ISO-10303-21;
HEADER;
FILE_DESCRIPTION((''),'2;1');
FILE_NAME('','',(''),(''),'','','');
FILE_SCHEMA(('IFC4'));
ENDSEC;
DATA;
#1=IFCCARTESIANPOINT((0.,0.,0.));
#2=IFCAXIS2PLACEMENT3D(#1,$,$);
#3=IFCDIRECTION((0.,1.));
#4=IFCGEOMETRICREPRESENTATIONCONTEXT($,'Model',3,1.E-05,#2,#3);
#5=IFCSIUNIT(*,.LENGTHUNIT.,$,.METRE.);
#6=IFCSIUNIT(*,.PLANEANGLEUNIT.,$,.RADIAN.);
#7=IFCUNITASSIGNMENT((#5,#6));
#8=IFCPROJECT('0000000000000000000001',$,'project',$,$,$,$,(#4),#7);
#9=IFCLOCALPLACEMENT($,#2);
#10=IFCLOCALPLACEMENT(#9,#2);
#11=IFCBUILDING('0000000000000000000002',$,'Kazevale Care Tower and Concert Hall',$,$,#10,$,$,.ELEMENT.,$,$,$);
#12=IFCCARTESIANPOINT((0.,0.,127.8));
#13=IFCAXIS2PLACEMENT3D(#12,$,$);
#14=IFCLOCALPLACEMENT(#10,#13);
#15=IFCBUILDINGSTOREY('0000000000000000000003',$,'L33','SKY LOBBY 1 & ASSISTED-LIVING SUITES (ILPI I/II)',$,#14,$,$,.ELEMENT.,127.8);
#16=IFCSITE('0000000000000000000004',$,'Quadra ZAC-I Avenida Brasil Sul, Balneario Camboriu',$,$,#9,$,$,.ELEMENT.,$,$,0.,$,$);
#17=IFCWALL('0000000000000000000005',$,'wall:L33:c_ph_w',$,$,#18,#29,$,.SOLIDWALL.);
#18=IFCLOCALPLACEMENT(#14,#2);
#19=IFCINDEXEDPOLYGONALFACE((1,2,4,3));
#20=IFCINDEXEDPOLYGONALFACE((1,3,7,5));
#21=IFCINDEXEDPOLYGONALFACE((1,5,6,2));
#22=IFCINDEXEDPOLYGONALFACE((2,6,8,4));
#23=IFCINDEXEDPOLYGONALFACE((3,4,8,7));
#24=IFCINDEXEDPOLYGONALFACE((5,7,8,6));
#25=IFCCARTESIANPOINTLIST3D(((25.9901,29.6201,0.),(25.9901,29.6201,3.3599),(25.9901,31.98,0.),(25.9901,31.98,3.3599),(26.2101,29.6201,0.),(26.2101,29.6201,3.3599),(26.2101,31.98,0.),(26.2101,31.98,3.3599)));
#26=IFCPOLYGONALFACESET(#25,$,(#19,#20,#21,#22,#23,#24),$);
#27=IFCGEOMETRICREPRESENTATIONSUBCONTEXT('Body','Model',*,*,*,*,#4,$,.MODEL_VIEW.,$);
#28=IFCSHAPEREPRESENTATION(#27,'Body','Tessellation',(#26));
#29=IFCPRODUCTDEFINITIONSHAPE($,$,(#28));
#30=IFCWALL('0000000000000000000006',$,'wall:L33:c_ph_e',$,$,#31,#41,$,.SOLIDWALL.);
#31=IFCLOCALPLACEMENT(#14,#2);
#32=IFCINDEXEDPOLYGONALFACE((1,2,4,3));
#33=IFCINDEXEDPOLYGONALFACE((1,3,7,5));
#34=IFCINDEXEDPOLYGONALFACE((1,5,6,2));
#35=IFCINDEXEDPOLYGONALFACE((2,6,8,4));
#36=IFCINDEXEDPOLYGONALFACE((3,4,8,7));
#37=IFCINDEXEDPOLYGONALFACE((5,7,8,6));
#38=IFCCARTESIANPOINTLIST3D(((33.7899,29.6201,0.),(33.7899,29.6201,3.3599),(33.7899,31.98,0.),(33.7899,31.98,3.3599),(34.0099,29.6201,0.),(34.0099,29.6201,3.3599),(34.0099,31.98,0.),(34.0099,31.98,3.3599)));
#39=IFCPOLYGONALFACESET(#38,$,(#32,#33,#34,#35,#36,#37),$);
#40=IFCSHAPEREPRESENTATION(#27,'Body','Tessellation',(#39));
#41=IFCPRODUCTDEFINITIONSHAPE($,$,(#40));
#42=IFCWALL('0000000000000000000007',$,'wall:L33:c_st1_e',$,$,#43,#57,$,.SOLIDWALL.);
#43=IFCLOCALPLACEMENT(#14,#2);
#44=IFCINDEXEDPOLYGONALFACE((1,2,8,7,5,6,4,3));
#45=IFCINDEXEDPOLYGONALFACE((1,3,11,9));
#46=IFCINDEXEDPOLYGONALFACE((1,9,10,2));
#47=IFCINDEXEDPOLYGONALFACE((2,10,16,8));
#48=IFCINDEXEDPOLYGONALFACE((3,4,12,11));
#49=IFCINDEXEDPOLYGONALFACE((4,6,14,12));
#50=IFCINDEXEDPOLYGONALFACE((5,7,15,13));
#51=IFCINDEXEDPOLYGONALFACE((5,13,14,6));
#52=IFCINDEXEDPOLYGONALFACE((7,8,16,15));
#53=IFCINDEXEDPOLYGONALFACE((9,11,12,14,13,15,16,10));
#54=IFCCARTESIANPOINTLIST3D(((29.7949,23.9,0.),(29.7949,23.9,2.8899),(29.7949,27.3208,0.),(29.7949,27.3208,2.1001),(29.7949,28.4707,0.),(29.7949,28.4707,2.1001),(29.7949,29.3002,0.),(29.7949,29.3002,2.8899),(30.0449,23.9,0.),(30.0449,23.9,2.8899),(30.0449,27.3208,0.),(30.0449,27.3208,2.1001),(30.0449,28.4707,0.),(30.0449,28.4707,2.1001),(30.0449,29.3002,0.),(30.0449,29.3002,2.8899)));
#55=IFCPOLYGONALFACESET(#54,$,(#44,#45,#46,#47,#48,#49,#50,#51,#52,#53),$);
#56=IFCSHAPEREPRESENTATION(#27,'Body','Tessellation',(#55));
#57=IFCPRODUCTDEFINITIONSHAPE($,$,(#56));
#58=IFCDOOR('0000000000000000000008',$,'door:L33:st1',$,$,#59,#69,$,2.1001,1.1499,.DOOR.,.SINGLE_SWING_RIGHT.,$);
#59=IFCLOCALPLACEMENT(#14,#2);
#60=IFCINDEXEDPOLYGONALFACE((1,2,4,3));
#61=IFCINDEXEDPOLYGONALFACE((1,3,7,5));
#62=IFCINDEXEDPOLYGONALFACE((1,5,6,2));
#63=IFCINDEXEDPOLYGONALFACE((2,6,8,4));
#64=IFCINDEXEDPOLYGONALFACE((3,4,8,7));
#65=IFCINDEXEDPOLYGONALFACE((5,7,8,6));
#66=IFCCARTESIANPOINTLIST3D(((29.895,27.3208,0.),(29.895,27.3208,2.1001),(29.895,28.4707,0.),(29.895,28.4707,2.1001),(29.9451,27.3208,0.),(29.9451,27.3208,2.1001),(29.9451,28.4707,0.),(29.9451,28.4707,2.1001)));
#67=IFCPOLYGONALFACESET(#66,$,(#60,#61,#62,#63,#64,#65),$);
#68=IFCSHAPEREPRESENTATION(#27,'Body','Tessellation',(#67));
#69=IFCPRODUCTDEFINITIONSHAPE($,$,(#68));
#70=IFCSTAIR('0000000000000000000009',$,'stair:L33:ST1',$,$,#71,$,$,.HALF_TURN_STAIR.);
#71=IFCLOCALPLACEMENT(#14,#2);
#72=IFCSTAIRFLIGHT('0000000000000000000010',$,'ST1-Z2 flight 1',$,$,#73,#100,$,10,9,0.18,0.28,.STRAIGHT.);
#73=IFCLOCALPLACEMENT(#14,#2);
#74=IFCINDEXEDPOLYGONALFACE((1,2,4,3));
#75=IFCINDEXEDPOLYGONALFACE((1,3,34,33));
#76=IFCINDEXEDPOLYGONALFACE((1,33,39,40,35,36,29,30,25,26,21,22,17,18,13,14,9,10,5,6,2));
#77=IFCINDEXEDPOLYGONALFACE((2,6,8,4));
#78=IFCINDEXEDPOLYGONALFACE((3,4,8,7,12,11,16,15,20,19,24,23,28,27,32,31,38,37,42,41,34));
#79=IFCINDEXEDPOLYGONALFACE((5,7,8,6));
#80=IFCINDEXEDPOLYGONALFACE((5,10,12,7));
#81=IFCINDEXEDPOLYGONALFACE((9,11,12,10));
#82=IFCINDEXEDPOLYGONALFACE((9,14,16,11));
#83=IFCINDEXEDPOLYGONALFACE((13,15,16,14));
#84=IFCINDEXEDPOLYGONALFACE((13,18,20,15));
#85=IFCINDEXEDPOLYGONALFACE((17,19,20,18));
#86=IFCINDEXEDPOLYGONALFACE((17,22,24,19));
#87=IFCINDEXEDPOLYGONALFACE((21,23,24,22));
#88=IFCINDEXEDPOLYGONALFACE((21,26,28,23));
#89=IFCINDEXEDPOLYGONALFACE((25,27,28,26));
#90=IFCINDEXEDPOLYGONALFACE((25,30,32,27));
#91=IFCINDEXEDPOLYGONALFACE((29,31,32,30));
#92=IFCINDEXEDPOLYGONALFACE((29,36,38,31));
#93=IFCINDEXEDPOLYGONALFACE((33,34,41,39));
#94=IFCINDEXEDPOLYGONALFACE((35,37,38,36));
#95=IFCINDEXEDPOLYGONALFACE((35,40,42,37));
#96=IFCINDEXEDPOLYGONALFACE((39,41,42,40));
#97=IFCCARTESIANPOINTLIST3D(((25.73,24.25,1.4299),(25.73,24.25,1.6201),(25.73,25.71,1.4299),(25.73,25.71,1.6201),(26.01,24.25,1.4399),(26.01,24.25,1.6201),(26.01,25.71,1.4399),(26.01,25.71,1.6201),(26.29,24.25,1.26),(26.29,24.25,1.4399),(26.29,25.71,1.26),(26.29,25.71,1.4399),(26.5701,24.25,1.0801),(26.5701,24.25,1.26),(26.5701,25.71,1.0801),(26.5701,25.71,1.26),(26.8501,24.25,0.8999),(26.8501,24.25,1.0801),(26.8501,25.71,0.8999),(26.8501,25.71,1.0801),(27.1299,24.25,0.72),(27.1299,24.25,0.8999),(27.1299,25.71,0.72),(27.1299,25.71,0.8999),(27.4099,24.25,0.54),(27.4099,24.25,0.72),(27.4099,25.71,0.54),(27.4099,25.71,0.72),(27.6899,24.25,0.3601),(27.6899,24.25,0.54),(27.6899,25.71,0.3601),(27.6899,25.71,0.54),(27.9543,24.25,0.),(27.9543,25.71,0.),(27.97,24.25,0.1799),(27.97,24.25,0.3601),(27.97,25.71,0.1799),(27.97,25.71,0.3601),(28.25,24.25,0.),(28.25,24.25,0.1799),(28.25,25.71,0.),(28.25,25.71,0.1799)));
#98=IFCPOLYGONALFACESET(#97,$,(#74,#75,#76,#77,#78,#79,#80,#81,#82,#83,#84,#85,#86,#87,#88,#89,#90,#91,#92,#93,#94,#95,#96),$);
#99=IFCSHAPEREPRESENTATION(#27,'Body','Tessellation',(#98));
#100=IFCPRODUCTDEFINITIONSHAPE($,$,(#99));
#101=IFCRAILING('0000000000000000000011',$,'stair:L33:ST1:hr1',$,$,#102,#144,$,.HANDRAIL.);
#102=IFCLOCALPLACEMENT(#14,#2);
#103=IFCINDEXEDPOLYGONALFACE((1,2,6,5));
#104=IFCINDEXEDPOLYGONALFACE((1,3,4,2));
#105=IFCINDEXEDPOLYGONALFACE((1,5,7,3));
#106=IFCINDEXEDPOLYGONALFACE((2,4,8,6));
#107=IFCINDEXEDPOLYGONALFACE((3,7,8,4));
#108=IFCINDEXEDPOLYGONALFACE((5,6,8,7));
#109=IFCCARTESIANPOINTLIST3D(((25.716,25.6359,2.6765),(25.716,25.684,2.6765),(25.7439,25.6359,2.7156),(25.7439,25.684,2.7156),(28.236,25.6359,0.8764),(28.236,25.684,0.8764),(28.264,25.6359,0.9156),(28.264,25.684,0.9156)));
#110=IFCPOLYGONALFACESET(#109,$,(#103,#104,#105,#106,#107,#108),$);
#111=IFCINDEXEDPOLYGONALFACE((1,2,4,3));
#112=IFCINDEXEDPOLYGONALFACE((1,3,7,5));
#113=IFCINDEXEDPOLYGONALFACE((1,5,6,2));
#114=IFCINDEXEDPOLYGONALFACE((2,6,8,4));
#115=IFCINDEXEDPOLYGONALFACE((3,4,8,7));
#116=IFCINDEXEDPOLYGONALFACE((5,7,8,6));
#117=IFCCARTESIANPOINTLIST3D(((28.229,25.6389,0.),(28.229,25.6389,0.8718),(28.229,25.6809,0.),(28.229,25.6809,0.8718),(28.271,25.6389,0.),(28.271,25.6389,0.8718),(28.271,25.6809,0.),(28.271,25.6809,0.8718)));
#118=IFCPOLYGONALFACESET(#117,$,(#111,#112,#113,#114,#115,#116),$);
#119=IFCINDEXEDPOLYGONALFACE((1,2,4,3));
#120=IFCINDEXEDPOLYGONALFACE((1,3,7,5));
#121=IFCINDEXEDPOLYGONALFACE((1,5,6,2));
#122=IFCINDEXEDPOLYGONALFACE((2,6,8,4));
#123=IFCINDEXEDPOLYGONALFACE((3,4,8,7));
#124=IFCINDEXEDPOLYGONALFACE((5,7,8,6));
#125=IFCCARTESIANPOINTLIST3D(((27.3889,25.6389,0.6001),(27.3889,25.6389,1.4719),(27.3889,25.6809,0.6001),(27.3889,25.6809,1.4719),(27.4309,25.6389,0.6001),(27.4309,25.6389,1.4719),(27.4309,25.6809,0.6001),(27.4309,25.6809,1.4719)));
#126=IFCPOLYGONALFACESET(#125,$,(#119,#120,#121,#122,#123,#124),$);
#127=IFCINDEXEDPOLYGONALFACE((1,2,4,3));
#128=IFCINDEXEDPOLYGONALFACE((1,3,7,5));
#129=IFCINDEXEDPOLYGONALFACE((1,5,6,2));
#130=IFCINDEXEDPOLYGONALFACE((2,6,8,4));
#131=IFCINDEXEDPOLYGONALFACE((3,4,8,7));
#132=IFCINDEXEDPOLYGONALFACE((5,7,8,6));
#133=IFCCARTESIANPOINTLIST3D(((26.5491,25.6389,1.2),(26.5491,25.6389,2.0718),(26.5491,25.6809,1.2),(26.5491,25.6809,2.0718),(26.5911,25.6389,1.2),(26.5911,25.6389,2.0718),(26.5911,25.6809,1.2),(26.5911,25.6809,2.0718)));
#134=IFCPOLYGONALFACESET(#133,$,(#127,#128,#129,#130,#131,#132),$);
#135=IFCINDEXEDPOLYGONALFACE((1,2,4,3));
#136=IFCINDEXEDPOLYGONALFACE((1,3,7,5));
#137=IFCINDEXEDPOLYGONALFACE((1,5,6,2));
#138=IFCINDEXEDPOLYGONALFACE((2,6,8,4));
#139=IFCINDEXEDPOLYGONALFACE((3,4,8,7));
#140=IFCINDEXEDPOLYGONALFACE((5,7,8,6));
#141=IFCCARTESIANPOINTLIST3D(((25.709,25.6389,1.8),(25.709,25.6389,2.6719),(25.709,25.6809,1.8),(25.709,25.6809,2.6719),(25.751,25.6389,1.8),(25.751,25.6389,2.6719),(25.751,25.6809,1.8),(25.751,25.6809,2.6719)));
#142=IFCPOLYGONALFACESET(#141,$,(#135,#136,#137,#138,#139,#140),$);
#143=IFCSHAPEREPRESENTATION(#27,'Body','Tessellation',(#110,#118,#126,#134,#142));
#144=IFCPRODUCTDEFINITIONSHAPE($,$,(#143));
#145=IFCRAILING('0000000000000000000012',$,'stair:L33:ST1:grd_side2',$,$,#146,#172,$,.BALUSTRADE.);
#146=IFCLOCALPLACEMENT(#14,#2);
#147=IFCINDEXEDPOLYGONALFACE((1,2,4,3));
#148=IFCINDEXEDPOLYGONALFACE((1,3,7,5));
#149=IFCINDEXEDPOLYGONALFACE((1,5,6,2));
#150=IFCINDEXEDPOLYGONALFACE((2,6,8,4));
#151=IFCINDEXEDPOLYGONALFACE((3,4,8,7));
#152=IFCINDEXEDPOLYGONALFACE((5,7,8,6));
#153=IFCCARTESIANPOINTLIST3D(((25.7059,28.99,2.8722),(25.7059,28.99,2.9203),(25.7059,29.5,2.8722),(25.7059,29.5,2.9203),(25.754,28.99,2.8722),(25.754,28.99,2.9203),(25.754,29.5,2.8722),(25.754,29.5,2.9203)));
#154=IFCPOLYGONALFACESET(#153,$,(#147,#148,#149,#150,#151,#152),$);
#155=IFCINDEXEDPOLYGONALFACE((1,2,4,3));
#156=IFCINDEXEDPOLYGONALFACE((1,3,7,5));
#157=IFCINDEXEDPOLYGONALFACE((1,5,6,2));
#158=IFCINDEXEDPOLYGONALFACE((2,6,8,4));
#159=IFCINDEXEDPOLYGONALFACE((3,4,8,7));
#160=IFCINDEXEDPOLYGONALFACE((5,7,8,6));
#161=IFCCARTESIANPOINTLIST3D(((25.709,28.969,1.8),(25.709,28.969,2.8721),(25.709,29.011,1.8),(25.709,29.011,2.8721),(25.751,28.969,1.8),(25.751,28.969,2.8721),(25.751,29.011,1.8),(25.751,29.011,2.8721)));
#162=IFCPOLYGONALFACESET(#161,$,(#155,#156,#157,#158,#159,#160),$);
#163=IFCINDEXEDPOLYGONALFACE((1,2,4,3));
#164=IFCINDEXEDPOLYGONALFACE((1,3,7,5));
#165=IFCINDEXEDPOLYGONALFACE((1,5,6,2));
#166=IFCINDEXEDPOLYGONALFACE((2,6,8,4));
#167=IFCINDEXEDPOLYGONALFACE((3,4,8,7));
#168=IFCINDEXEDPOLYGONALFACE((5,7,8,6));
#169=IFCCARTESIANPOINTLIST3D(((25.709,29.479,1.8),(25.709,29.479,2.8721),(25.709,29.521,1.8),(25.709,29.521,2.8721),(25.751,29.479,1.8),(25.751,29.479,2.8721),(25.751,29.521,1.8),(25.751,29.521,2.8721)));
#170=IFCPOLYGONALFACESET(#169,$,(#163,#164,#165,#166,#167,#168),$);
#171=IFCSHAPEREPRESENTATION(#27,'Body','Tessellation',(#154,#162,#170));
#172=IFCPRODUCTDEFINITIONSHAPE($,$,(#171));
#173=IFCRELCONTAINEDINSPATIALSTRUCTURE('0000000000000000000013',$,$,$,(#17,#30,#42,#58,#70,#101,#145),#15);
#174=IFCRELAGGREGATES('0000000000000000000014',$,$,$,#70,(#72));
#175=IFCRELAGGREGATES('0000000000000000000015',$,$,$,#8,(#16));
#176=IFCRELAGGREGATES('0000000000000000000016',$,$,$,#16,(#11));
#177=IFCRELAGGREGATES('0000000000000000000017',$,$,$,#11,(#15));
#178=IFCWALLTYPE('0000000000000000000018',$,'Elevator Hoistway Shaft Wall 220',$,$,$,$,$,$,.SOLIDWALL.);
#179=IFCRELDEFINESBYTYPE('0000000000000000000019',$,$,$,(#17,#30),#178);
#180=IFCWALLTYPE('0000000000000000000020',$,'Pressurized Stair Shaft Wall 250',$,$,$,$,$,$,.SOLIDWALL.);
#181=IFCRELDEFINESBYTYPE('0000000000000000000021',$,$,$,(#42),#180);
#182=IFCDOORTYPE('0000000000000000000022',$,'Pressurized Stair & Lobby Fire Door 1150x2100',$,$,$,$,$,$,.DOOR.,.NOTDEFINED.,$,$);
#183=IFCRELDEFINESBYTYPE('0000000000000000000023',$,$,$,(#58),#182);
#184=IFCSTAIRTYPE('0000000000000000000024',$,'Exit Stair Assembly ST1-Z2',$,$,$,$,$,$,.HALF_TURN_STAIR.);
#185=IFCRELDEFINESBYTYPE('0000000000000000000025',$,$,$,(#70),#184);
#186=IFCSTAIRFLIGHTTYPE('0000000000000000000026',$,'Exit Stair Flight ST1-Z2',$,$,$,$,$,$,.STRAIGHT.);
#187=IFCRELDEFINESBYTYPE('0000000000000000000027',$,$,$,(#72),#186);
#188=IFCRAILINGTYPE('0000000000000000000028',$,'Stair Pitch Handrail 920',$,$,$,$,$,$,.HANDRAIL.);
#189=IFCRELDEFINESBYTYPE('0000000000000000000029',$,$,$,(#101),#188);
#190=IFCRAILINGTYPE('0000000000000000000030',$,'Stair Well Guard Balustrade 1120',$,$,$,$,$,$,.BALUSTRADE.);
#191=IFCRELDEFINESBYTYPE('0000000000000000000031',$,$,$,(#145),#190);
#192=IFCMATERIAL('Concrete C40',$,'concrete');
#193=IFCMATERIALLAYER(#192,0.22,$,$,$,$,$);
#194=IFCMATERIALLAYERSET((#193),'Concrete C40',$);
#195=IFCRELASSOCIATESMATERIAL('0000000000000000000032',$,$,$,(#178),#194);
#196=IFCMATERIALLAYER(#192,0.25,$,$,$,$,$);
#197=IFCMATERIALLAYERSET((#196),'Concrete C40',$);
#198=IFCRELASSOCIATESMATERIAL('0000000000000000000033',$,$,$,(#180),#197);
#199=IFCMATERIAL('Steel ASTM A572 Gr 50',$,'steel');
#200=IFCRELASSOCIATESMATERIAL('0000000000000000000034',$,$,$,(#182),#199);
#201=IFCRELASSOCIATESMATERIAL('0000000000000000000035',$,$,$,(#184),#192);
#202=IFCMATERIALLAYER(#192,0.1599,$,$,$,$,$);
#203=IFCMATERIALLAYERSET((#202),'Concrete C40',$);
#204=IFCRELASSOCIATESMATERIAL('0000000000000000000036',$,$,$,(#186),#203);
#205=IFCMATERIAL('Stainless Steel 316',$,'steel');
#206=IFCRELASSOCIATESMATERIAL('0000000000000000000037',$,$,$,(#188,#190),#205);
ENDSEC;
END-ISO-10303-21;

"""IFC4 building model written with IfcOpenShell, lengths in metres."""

from ifc_helpers import new_model, si_unit, direction, frame, frame_2d, origin, origin_2d, place, context, subcontext, project, spatial, polyline, rectangle, outline, extrude, material, layer, layer_set, type_object, element, fill, aggregate, save


model = new_model("IFC4")

# Units and contexts
model_context = context("Model", 3, precision=1e-05, world=origin(), true_north=direction((0.0, 1.0)))
body_context = subcontext(model_context, "Body", "Model", "MODEL_VIEW")
ifc_project = project(units=[si_unit("LENGTHUNIT", "METRE"), si_unit("PLANEANGLEUNIT", "RADIAN")], contexts=[model_context])

# Site, building, storey
site_placement = place(None, origin())
site = spatial("IfcSite", under=ifc_project, at=site_placement, Name="Quadra ZAC-I Avenida Brasil Sul, Balneario Camboriu", CompositionType="ELEMENT", RefElevation=0.0)
building_placement = place(site_placement, origin())
building = spatial("IfcBuilding", under=site, at=building_placement, Name="Kazevale Care Tower and Concert Hall", CompositionType="ELEMENT")
storey_placement = place(building_placement, frame((0.0, 0.0, 127.8)))
storey = spatial("IfcBuildingStorey", under=building, at=storey_placement, Name="L33", Description="SKY LOBBY 1 & ASSISTED-LIVING SUITES (ILPI I/II)", CompositionType="ELEMENT", Elevation=127.8)

# Shared definitions
ifc_material_1 = material(Name="Steel ASTM A572 Gr 50", Category="steel")

# Shared definitions
ifc_material_2 = material(Name="Concrete C40", Category="concrete")
ifc_layer_1 = layer(ifc_material_2, 0.22)
ifc_layer_set_1 = layer_set([ifc_layer_1], Name="Concrete C40")
wall_type_1 = type_object("IfcWallType", Name="Elevator Hoistway Shaft Wall 220", PredefinedType="SOLIDWALL", material=ifc_layer_set_1)
ifc_material_3 = material(Name="Stainless Steel 316", Category="steel")

# Walls
for number, where, z_axis, x_axis, name in (
    (1, (26.1001, 29.6201, 0.0), (0.0, 0.0, 1.0), (0.0, 1.0, 0.0), "wall:L33:c_ph_w"),
    (2, (33.8999, 29.6201, 0.0), (0.0, 0.0, 1.0), (0.0, 1.0, 0.0), "wall:L33:c_ph_e"),
):
    element("IfcWall", number, at=place(storey_placement, frame(where, z_axis=z_axis, x_axis=x_axis)), inside=storey, type_object=wall_type_1, Name=name, PredefinedType="SOLIDWALL", context=body_context, shape_type="SweptSolid", body=[
        extrude(rectangle(XDim=2.3599, YDim=0.22, at=frame_2d((1.1799, 0.0))), origin(), (0.0, 0.0, 1.0), 3.3599),
    ])

# Wall, opening, door
ifc_layer_2 = layer(ifc_material_2, 0.25)
ifc_layer_set_2 = layer_set([ifc_layer_2], Name="Concrete C40")
wall_type_2 = type_object("IfcWallType", Name="Pressurized Stair Shaft Wall 250", PredefinedType="SOLIDWALL", material=ifc_layer_set_2)
wall_1_placement = place(storey_placement, frame((29.9199, 23.8999, 0.0), z_axis=(0.0, 0.0, 1.0), x_axis=(0.0, 1.0, 0.0)))
wall_1 = element("IfcWall", 3, at=wall_1_placement, inside=storey, type_object=wall_type_2, Name="wall:L33:c_st1_e", PredefinedType="SOLIDWALL", context=body_context, shape_type="SweptSolid", body=[
    extrude(rectangle(XDim=5.4001, YDim=0.25, at=frame_2d((2.7002, 0.0))), origin(), (0.0, 0.0, 1.0), 2.8899),
])
opening_1_placement = place(wall_1_placement, frame((3.4209, 0.0, 0.0)))
opening_1 = element("IfcOpeningElement", 4, at=opening_1_placement, cuts=wall_1, PredefinedType="OPENING", context=body_context, shape_type="SweptSolid", body=[
    extrude(rectangle(XDim=1.1499, YDim=2.1001, at=frame_2d((0.575, 1.05))), frame((0.0, 0.135, 0.0), z_axis=(0.0, -1.0, 0.0), x_axis=(1.0, 0.0, 0.0)), (0.0, 0.0, 1.0), 0.27),
])
door_type_1 = type_object("IfcDoorType", Name="Pressurized Stair & Lobby Fire Door 1150x2100", OperationType="NOTDEFINED", PredefinedType="DOOR", material=ifc_material_1)
door_1_placement = place(opening_1_placement, origin())
door_1 = element("IfcDoor", 5, at=door_1_placement, inside=storey, type_object=door_type_1, Name="door:L33:st1", OperationType="SINGLE_SWING_RIGHT", OverallHeight=2.1001, OverallWidth=1.1499, PredefinedType="DOOR", context=body_context, shape_type="SweptSolid", body=[
    extrude(rectangle(XDim=1.1499, YDim=2.1001, at=frame_2d((0.575, 1.05))), frame((0.0, 0.0249, 0.0), z_axis=(0.0, -1.0, 0.0), x_axis=(1.0, 0.0, 0.0)), (0.0, 0.0, 1.0), 0.05),
])
fill(opening_1, door_1)

# Stair, stair flight
stair_type = type_object("IfcStairType", Name="Exit Stair Assembly ST1-Z2", PredefinedType="HALF_TURN_STAIR", material=ifc_material_2)
stair_placement = place(storey_placement, origin())
stair = element("IfcStair", 6, at=stair_placement, inside=storey, type_object=stair_type, Name="stair:L33:ST1", PredefinedType="HALF_TURN_STAIR")
ifc_layer_3 = layer(ifc_material_2, 0.1599)
ifc_layer_set_3 = layer_set([ifc_layer_3], Name="Concrete C40")
stair_flight_type = type_object("IfcStairFlightType", Name="Exit Stair Flight ST1-Z2", PredefinedType="STRAIGHT", material=ifc_layer_set_3)
stair_flight_placement = place(storey_placement, frame((28.25, 24.98, 0.0), z_axis=(0.0, 0.0, 1.0), x_axis=(-1.0, 0.0, 0.0)))
stair_flight = element("IfcStairFlight", 7, at=stair_flight_placement, type_object=stair_flight_type, Name="ST1-Z2 flight 1", NumberOfRisers=10, NumberOfTreads=9, PredefinedType="STRAIGHT", RiserHeight=0.18, TreadLength=0.28, context=body_context, shape_type="SweptSolid", body=[
    extrude(outline(polyline([(0.0, 0.0), (0.0, 0.1799), (0.28, 0.1799), (0.28, 0.3601), (0.5601, 0.3601), (0.5601, 0.54), (0.8401, 0.54), (0.8401, 0.72), (1.1201, 0.72), (1.1201, 0.8999), (1.3999, 0.8999), (1.3999, 1.0801), (1.6799, 1.0801), (1.6799, 1.26), (1.96, 1.26), (1.96, 1.4399), (2.24, 1.4399), (2.24, 1.6201), (2.52, 1.6201), (2.52, 1.8), (2.52, 1.4299), (0.2957, 0.0), (0.0, 0.0)])), frame((0.0, 0.73, 0.0), z_axis=(0.0, -1.0, 0.0), x_axis=(1.0, 0.0, 0.0)), (0.0, 0.0, 1.0), 1.46),
])
aggregate(stair, [stair_flight])

# Railings
railing_type_1 = type_object("IfcRailingType", Name="Stair Pitch Handrail 920", PredefinedType="HANDRAIL", material=ifc_material_3)
railing_1_placement = place(storey_placement, frame((28.25, 25.6599, 0.0)))
element("IfcRailing", 8, at=railing_1_placement, inside=storey, type_object=railing_type_1, Name="stair:L33:ST1:hr1", PredefinedType="HANDRAIL", context=body_context, shape_type="SweptSolid", body=[
    extrude(rectangle(XDim=0.0481, YDim=0.0481, at=origin_2d()), frame((0.0, 0.0, 0.896), z_axis=(-0.813728, 0.0, 0.581246), x_axis=(0.0, -1.0, 0.0)), (0.0, 0.0, 1.0), 3.0969),
    extrude(rectangle(XDim=0.042, YDim=0.042, at=origin_2d()), origin(), (0.0, 0.0, 1.0), 0.8718),
    extrude(rectangle(XDim=0.042, YDim=0.042, at=origin_2d()), frame((-0.8401, 0.0, 0.6001)), (0.0, 0.0, 1.0), 0.8718),
    extrude(rectangle(XDim=0.042, YDim=0.042, at=origin_2d()), frame((-1.6799, 0.0, 1.2)), (0.0, 0.0, 1.0), 0.8718),
    extrude(rectangle(XDim=0.042, YDim=0.042, at=origin_2d()), frame((-2.52, 0.0, 1.8)), (0.0, 0.0, 1.0), 0.8718),
])
railing_type_2 = type_object("IfcRailingType", Name="Stair Well Guard Balustrade 1120", PredefinedType="BALUSTRADE", material=ifc_material_3)
railing_2_placement = place(storey_placement, frame((25.73, 28.99, 1.8)))
element("IfcRailing", 9, at=railing_2_placement, inside=storey, type_object=railing_type_2, Name="stair:L33:ST1:grd_side2", PredefinedType="BALUSTRADE", context=body_context, shape_type="SweptSolid", body=[
    extrude(rectangle(XDim=0.0481, YDim=0.0481, at=origin_2d()), frame((0.0, 0.0, 1.0962), z_axis=(0.0, 1.0, 0.0), x_axis=(-1.0, 0.0, 0.0)), (0.0, 0.0, 1.0), 0.51),
    extrude(rectangle(XDim=0.042, YDim=0.042, at=origin_2d()), origin(), (0.0, 0.0, 1.0), 1.072),
    extrude(rectangle(XDim=0.042, YDim=0.042, at=origin_2d()), frame((0.0, 0.51, 0.0)), (0.0, 0.0, 1.0), 1.072),
])

save(model, "model.ifc")
